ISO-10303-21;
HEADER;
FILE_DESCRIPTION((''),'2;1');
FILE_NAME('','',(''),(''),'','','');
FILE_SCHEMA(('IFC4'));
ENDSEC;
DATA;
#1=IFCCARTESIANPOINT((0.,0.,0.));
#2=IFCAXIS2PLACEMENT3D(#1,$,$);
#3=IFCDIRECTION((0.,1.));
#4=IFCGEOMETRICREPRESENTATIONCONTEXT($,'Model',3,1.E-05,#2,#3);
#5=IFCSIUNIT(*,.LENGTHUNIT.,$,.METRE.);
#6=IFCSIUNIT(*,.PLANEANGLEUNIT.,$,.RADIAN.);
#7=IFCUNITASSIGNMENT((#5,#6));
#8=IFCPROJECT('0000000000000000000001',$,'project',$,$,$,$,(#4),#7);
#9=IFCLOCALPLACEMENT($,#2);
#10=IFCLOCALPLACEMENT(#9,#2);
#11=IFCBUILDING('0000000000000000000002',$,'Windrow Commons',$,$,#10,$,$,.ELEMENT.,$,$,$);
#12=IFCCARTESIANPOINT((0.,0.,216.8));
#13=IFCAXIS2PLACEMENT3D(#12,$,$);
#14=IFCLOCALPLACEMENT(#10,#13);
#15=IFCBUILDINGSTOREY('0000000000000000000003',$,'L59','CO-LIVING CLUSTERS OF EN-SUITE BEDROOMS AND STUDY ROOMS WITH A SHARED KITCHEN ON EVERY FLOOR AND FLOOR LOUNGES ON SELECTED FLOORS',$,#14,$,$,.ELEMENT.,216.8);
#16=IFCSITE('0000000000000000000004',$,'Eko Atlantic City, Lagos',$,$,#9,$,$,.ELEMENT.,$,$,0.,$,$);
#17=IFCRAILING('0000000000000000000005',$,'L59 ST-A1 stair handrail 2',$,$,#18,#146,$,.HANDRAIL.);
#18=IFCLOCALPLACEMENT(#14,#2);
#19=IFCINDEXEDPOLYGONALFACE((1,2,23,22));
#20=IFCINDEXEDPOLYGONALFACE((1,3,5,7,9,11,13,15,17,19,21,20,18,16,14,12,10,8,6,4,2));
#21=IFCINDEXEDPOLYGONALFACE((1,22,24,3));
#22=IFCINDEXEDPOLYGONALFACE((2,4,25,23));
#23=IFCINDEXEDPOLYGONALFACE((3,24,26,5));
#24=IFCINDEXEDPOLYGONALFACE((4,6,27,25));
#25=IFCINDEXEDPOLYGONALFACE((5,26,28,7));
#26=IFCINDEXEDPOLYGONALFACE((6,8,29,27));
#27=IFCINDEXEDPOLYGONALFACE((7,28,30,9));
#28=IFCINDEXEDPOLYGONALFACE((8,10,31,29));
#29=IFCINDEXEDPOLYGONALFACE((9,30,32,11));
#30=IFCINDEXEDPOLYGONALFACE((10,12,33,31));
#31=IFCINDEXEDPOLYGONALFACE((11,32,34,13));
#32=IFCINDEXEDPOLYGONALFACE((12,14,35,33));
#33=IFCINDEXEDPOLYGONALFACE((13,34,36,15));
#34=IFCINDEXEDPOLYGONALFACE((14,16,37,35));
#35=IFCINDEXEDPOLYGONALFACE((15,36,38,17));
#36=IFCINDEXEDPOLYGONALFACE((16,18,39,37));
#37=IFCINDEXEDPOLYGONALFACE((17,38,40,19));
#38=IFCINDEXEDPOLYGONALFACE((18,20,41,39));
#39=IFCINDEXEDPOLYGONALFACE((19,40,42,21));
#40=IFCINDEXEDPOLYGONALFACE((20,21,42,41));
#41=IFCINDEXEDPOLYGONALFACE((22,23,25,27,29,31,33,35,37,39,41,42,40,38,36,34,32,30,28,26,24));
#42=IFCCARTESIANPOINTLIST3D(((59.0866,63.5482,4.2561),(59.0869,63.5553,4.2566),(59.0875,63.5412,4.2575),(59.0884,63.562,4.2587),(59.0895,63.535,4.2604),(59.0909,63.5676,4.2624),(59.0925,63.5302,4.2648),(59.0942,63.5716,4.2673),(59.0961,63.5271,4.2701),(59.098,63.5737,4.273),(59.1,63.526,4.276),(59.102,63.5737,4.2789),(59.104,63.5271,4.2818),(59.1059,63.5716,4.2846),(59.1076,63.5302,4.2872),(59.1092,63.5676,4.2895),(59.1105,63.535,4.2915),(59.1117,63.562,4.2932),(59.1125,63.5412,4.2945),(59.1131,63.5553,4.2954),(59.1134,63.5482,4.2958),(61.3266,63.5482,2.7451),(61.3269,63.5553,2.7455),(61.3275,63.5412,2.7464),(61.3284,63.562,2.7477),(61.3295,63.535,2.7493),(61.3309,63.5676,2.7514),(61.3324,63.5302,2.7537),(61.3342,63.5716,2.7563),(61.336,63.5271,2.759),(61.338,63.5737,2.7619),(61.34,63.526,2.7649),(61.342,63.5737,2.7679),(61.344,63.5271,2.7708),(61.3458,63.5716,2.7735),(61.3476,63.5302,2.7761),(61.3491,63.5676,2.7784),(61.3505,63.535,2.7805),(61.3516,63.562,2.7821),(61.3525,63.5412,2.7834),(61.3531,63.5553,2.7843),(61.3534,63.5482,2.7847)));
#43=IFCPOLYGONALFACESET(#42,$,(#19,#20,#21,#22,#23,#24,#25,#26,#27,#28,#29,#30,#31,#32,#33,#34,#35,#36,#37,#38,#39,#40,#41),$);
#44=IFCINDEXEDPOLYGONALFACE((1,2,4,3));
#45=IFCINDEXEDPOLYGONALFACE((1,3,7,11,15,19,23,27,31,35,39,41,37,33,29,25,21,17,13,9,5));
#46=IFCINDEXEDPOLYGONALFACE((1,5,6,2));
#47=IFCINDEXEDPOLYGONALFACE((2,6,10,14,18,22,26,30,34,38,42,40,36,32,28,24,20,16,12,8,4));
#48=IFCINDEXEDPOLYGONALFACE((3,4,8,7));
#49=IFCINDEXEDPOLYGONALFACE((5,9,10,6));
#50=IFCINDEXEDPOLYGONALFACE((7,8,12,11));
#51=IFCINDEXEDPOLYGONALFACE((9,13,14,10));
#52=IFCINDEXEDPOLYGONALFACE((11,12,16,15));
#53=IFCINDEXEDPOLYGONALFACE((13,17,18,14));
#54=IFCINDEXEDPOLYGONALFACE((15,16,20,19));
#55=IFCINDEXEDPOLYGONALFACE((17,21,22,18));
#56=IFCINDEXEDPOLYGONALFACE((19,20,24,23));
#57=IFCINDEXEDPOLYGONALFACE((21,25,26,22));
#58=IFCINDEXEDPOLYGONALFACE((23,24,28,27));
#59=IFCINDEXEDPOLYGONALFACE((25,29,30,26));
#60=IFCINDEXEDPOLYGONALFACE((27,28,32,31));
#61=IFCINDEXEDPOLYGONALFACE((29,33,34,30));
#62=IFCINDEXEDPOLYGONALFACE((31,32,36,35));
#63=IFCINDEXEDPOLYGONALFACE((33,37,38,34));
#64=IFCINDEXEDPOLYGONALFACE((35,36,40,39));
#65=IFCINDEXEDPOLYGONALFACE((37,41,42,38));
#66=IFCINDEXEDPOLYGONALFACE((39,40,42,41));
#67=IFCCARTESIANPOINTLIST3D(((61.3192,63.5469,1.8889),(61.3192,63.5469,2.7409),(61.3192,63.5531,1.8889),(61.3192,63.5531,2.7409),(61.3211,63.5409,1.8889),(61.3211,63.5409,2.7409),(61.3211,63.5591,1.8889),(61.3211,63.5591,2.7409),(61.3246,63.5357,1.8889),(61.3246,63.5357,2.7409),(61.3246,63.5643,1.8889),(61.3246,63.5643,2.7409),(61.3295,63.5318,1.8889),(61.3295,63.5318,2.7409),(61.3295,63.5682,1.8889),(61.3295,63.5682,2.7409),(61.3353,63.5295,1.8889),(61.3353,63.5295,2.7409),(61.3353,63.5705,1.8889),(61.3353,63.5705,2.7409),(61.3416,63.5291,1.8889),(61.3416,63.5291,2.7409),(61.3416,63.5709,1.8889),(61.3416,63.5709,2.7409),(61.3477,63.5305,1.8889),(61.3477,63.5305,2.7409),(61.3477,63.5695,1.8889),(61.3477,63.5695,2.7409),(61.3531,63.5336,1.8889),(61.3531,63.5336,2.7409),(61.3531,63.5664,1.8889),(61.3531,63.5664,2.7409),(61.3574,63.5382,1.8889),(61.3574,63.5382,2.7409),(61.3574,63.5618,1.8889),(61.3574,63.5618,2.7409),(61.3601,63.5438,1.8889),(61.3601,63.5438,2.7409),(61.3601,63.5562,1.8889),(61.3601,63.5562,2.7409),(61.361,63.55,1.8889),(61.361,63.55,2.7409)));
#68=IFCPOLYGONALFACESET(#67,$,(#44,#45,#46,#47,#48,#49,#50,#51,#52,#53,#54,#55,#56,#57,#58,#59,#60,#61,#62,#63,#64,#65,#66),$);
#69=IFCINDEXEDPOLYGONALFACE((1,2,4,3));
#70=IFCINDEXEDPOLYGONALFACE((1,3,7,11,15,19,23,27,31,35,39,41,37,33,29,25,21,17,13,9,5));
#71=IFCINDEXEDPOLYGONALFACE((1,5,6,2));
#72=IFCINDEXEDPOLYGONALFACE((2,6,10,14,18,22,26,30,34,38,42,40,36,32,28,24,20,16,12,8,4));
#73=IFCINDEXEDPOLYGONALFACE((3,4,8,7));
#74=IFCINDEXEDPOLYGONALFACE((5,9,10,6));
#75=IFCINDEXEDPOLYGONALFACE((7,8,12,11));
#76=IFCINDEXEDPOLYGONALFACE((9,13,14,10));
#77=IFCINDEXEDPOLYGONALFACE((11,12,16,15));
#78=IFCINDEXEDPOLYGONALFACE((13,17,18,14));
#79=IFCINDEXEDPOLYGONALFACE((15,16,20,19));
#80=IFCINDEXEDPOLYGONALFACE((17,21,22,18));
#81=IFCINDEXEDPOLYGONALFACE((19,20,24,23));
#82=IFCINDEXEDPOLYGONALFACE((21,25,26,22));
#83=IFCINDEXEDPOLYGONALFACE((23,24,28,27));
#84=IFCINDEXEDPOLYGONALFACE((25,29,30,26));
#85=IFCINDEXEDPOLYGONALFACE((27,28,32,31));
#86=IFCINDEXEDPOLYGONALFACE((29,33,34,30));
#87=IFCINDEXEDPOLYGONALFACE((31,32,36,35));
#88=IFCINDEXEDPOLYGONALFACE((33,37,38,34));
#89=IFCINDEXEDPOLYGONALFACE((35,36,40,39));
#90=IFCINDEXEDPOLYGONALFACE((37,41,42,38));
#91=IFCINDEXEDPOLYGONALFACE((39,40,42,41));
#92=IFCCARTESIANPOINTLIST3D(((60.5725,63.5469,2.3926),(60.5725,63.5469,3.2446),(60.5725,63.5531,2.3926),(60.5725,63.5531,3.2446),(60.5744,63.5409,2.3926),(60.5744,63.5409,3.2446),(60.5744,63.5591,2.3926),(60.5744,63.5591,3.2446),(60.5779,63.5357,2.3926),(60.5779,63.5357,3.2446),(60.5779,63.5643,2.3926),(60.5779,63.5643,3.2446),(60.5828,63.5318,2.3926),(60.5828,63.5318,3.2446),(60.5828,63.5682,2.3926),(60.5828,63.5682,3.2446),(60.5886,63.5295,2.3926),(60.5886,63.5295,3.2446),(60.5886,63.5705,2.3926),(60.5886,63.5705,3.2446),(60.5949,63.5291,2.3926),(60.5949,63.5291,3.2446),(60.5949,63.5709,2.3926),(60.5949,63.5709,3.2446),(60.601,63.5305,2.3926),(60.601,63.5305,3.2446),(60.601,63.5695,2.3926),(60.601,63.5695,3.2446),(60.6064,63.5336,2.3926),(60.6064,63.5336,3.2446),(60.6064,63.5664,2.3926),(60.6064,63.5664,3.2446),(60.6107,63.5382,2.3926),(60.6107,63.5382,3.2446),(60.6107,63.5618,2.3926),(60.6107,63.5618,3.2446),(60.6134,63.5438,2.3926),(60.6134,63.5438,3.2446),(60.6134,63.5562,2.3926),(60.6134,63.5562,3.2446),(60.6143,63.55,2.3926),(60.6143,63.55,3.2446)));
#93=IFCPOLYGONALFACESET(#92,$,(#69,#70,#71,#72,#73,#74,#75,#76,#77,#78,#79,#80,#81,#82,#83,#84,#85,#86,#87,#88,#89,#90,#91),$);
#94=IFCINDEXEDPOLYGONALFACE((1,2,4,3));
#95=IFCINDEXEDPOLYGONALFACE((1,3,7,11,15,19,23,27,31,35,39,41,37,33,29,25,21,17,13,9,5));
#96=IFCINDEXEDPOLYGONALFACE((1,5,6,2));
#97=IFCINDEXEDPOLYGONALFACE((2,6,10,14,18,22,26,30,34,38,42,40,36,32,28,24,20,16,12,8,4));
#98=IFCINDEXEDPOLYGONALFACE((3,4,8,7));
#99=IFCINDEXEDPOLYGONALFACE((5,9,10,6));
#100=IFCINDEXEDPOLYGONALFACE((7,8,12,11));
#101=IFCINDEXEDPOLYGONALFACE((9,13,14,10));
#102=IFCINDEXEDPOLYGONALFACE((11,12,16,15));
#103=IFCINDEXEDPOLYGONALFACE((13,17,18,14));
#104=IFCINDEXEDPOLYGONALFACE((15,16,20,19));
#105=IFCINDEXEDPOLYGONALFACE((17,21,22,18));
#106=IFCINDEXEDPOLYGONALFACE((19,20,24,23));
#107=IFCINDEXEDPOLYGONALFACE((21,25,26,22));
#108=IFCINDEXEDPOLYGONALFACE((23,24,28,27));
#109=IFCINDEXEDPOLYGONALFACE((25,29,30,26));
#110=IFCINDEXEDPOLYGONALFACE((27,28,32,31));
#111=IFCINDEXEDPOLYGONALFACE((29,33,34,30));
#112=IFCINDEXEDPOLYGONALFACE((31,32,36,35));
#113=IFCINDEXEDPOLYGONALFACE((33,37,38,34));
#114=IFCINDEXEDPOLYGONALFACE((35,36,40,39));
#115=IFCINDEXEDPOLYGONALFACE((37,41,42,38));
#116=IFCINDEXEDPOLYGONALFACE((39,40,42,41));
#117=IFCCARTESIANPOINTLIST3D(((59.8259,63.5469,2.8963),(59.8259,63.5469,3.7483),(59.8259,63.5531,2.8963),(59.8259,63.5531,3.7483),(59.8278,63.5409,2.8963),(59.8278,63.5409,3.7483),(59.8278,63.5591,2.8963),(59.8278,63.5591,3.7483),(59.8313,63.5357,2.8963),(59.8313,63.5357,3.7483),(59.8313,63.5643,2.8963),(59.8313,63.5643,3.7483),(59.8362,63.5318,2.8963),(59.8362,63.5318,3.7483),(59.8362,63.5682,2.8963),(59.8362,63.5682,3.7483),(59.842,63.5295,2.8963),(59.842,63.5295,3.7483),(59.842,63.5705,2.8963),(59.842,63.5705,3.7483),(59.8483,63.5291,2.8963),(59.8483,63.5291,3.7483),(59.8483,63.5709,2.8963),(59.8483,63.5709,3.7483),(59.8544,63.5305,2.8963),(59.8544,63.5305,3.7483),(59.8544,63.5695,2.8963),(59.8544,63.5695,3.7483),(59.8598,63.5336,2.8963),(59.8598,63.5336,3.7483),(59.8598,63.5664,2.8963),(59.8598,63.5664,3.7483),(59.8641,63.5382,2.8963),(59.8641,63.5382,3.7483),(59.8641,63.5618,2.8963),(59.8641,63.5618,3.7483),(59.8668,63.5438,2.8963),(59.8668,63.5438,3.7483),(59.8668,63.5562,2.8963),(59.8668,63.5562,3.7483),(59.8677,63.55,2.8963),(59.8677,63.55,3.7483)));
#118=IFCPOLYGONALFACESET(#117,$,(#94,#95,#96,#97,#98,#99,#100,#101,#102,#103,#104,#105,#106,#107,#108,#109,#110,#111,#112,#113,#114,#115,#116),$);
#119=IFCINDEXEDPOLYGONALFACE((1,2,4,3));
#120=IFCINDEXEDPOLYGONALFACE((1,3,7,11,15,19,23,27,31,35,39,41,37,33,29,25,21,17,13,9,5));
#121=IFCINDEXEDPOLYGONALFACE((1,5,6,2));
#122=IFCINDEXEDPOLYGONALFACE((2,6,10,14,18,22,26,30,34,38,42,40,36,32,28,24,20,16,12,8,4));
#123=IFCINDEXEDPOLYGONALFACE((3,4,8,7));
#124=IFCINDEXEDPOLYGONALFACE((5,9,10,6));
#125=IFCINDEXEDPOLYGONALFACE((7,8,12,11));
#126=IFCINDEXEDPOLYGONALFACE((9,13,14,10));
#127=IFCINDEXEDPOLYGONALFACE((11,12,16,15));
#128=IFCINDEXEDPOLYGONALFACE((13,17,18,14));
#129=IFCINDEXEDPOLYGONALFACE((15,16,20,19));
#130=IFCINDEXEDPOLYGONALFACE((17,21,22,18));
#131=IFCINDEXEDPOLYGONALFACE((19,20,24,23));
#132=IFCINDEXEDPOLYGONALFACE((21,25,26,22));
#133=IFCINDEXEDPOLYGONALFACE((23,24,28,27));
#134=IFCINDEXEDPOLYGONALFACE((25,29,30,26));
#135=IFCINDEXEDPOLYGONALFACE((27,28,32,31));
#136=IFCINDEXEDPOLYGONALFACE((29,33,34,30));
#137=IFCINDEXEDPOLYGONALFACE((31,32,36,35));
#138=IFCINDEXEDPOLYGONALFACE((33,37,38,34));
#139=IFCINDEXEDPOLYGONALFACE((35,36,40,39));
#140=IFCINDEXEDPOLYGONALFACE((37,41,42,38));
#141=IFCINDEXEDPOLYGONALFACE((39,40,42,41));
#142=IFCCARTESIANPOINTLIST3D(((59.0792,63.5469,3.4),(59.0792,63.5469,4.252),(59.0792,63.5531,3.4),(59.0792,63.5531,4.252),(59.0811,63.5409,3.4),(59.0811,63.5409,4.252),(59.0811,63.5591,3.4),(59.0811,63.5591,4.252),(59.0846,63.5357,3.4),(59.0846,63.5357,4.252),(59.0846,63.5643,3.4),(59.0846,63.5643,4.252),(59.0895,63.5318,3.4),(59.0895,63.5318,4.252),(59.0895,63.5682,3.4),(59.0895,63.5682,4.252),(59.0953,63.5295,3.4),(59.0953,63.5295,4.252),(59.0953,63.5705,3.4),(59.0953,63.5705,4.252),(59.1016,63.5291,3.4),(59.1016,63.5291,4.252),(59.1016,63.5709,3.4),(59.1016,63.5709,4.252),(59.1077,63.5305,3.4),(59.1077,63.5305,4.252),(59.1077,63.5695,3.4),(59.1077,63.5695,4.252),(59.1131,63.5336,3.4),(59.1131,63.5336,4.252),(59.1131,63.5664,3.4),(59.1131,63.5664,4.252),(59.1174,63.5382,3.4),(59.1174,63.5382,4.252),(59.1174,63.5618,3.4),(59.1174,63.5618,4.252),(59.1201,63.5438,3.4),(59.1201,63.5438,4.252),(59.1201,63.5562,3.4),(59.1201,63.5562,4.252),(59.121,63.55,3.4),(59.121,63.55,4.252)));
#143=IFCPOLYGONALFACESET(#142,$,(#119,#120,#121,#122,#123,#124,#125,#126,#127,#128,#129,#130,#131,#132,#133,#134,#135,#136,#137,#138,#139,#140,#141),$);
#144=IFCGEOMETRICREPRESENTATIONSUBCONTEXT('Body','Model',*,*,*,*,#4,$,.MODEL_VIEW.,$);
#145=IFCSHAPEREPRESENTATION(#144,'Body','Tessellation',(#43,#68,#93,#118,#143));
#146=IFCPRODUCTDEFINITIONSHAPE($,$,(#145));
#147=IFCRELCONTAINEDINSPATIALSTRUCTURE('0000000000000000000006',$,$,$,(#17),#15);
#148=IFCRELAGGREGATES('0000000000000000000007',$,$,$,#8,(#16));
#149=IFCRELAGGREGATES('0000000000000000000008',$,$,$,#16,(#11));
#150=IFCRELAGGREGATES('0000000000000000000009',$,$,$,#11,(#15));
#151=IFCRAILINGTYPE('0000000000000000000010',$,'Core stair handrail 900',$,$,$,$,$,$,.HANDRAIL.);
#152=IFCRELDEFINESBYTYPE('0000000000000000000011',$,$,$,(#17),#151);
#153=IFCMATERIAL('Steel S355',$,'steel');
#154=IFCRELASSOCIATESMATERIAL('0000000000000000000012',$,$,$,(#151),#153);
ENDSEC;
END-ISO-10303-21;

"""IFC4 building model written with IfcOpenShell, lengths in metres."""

from ifc_helpers import new_model, si_unit, direction, frame, origin, origin_2d, place, context, subcontext, project, spatial, circle, extrude, material, type_object, element, save


model = new_model("IFC4")

# Units and contexts
model_context = context("Model", 3, precision=1e-05, world=origin(), true_north=direction((0.0, 1.0)))
body_context = subcontext(model_context, "Body", "Model", "MODEL_VIEW")
ifc_project = project(units=[si_unit("LENGTHUNIT", "METRE"), si_unit("PLANEANGLEUNIT", "RADIAN")], contexts=[model_context])

# Site, building, storey
site_placement = place(None, origin())
site = spatial("IfcSite", under=ifc_project, at=site_placement, Name="Eko Atlantic City, Lagos", CompositionType="ELEMENT", RefElevation=0.0)
building_placement = place(site_placement, origin())
building = spatial("IfcBuilding", under=site, at=building_placement, Name="Windrow Commons", CompositionType="ELEMENT")
storey_placement = place(building_placement, frame((0.0, 0.0, 216.8)))
storey = spatial("IfcBuildingStorey", under=building, at=storey_placement, Name="L59", Description="CO-LIVING CLUSTERS OF EN-SUITE BEDROOMS AND STUDY ROOMS WITH A SHARED KITCHEN ON EVERY FLOOR AND FLOOR LOUNGES ON SELECTED FLOORS", CompositionType="ELEMENT", Elevation=216.8)

# Railing
ifc_material_1 = material(Name="Steel S355", Category="steel")
railing_type_1 = type_object("IfcRailingType", Name="Core stair handrail 900", PredefinedType="HANDRAIL", material=ifc_material_1)
railing_1_placement = place(storey_placement, frame((61.34, 63.55, 1.8889)))
element("IfcRailing", 1, at=railing_1_placement, inside=storey, type_object=railing_type_1, Name="L59 ST-A1 stair handrail 2", PredefinedType="HANDRAIL", context=body_context, shape_type="SweptSolid", body=[
    extrude(circle(Radius=0.024, at=origin_2d()), frame((0.0, 0.0, 0.876), z_axis=(-0.829003, 0.0, 0.559244), x_axis=(0.0, -1.0, 0.0)), (0.0, 0.0, 1.0), 2.702),
    extrude(circle(Radius=0.021, at=origin_2d()), origin(), (0.0, 0.0, 1.0), 0.852),
    extrude(circle(Radius=0.021, at=origin_2d()), frame((-0.7467, 0.0, 0.5037)), (0.0, 0.0, 1.0), 0.852),
    extrude(circle(Radius=0.021, at=origin_2d()), frame((-1.4933, 0.0, 1.0074)), (0.0, 0.0, 1.0), 0.852),
    extrude(circle(Radius=0.021, at=origin_2d()), frame((-2.24, 0.0, 1.5111)), (0.0, 0.0, 1.0), 0.852),
])

save(model, "model.ifc")
